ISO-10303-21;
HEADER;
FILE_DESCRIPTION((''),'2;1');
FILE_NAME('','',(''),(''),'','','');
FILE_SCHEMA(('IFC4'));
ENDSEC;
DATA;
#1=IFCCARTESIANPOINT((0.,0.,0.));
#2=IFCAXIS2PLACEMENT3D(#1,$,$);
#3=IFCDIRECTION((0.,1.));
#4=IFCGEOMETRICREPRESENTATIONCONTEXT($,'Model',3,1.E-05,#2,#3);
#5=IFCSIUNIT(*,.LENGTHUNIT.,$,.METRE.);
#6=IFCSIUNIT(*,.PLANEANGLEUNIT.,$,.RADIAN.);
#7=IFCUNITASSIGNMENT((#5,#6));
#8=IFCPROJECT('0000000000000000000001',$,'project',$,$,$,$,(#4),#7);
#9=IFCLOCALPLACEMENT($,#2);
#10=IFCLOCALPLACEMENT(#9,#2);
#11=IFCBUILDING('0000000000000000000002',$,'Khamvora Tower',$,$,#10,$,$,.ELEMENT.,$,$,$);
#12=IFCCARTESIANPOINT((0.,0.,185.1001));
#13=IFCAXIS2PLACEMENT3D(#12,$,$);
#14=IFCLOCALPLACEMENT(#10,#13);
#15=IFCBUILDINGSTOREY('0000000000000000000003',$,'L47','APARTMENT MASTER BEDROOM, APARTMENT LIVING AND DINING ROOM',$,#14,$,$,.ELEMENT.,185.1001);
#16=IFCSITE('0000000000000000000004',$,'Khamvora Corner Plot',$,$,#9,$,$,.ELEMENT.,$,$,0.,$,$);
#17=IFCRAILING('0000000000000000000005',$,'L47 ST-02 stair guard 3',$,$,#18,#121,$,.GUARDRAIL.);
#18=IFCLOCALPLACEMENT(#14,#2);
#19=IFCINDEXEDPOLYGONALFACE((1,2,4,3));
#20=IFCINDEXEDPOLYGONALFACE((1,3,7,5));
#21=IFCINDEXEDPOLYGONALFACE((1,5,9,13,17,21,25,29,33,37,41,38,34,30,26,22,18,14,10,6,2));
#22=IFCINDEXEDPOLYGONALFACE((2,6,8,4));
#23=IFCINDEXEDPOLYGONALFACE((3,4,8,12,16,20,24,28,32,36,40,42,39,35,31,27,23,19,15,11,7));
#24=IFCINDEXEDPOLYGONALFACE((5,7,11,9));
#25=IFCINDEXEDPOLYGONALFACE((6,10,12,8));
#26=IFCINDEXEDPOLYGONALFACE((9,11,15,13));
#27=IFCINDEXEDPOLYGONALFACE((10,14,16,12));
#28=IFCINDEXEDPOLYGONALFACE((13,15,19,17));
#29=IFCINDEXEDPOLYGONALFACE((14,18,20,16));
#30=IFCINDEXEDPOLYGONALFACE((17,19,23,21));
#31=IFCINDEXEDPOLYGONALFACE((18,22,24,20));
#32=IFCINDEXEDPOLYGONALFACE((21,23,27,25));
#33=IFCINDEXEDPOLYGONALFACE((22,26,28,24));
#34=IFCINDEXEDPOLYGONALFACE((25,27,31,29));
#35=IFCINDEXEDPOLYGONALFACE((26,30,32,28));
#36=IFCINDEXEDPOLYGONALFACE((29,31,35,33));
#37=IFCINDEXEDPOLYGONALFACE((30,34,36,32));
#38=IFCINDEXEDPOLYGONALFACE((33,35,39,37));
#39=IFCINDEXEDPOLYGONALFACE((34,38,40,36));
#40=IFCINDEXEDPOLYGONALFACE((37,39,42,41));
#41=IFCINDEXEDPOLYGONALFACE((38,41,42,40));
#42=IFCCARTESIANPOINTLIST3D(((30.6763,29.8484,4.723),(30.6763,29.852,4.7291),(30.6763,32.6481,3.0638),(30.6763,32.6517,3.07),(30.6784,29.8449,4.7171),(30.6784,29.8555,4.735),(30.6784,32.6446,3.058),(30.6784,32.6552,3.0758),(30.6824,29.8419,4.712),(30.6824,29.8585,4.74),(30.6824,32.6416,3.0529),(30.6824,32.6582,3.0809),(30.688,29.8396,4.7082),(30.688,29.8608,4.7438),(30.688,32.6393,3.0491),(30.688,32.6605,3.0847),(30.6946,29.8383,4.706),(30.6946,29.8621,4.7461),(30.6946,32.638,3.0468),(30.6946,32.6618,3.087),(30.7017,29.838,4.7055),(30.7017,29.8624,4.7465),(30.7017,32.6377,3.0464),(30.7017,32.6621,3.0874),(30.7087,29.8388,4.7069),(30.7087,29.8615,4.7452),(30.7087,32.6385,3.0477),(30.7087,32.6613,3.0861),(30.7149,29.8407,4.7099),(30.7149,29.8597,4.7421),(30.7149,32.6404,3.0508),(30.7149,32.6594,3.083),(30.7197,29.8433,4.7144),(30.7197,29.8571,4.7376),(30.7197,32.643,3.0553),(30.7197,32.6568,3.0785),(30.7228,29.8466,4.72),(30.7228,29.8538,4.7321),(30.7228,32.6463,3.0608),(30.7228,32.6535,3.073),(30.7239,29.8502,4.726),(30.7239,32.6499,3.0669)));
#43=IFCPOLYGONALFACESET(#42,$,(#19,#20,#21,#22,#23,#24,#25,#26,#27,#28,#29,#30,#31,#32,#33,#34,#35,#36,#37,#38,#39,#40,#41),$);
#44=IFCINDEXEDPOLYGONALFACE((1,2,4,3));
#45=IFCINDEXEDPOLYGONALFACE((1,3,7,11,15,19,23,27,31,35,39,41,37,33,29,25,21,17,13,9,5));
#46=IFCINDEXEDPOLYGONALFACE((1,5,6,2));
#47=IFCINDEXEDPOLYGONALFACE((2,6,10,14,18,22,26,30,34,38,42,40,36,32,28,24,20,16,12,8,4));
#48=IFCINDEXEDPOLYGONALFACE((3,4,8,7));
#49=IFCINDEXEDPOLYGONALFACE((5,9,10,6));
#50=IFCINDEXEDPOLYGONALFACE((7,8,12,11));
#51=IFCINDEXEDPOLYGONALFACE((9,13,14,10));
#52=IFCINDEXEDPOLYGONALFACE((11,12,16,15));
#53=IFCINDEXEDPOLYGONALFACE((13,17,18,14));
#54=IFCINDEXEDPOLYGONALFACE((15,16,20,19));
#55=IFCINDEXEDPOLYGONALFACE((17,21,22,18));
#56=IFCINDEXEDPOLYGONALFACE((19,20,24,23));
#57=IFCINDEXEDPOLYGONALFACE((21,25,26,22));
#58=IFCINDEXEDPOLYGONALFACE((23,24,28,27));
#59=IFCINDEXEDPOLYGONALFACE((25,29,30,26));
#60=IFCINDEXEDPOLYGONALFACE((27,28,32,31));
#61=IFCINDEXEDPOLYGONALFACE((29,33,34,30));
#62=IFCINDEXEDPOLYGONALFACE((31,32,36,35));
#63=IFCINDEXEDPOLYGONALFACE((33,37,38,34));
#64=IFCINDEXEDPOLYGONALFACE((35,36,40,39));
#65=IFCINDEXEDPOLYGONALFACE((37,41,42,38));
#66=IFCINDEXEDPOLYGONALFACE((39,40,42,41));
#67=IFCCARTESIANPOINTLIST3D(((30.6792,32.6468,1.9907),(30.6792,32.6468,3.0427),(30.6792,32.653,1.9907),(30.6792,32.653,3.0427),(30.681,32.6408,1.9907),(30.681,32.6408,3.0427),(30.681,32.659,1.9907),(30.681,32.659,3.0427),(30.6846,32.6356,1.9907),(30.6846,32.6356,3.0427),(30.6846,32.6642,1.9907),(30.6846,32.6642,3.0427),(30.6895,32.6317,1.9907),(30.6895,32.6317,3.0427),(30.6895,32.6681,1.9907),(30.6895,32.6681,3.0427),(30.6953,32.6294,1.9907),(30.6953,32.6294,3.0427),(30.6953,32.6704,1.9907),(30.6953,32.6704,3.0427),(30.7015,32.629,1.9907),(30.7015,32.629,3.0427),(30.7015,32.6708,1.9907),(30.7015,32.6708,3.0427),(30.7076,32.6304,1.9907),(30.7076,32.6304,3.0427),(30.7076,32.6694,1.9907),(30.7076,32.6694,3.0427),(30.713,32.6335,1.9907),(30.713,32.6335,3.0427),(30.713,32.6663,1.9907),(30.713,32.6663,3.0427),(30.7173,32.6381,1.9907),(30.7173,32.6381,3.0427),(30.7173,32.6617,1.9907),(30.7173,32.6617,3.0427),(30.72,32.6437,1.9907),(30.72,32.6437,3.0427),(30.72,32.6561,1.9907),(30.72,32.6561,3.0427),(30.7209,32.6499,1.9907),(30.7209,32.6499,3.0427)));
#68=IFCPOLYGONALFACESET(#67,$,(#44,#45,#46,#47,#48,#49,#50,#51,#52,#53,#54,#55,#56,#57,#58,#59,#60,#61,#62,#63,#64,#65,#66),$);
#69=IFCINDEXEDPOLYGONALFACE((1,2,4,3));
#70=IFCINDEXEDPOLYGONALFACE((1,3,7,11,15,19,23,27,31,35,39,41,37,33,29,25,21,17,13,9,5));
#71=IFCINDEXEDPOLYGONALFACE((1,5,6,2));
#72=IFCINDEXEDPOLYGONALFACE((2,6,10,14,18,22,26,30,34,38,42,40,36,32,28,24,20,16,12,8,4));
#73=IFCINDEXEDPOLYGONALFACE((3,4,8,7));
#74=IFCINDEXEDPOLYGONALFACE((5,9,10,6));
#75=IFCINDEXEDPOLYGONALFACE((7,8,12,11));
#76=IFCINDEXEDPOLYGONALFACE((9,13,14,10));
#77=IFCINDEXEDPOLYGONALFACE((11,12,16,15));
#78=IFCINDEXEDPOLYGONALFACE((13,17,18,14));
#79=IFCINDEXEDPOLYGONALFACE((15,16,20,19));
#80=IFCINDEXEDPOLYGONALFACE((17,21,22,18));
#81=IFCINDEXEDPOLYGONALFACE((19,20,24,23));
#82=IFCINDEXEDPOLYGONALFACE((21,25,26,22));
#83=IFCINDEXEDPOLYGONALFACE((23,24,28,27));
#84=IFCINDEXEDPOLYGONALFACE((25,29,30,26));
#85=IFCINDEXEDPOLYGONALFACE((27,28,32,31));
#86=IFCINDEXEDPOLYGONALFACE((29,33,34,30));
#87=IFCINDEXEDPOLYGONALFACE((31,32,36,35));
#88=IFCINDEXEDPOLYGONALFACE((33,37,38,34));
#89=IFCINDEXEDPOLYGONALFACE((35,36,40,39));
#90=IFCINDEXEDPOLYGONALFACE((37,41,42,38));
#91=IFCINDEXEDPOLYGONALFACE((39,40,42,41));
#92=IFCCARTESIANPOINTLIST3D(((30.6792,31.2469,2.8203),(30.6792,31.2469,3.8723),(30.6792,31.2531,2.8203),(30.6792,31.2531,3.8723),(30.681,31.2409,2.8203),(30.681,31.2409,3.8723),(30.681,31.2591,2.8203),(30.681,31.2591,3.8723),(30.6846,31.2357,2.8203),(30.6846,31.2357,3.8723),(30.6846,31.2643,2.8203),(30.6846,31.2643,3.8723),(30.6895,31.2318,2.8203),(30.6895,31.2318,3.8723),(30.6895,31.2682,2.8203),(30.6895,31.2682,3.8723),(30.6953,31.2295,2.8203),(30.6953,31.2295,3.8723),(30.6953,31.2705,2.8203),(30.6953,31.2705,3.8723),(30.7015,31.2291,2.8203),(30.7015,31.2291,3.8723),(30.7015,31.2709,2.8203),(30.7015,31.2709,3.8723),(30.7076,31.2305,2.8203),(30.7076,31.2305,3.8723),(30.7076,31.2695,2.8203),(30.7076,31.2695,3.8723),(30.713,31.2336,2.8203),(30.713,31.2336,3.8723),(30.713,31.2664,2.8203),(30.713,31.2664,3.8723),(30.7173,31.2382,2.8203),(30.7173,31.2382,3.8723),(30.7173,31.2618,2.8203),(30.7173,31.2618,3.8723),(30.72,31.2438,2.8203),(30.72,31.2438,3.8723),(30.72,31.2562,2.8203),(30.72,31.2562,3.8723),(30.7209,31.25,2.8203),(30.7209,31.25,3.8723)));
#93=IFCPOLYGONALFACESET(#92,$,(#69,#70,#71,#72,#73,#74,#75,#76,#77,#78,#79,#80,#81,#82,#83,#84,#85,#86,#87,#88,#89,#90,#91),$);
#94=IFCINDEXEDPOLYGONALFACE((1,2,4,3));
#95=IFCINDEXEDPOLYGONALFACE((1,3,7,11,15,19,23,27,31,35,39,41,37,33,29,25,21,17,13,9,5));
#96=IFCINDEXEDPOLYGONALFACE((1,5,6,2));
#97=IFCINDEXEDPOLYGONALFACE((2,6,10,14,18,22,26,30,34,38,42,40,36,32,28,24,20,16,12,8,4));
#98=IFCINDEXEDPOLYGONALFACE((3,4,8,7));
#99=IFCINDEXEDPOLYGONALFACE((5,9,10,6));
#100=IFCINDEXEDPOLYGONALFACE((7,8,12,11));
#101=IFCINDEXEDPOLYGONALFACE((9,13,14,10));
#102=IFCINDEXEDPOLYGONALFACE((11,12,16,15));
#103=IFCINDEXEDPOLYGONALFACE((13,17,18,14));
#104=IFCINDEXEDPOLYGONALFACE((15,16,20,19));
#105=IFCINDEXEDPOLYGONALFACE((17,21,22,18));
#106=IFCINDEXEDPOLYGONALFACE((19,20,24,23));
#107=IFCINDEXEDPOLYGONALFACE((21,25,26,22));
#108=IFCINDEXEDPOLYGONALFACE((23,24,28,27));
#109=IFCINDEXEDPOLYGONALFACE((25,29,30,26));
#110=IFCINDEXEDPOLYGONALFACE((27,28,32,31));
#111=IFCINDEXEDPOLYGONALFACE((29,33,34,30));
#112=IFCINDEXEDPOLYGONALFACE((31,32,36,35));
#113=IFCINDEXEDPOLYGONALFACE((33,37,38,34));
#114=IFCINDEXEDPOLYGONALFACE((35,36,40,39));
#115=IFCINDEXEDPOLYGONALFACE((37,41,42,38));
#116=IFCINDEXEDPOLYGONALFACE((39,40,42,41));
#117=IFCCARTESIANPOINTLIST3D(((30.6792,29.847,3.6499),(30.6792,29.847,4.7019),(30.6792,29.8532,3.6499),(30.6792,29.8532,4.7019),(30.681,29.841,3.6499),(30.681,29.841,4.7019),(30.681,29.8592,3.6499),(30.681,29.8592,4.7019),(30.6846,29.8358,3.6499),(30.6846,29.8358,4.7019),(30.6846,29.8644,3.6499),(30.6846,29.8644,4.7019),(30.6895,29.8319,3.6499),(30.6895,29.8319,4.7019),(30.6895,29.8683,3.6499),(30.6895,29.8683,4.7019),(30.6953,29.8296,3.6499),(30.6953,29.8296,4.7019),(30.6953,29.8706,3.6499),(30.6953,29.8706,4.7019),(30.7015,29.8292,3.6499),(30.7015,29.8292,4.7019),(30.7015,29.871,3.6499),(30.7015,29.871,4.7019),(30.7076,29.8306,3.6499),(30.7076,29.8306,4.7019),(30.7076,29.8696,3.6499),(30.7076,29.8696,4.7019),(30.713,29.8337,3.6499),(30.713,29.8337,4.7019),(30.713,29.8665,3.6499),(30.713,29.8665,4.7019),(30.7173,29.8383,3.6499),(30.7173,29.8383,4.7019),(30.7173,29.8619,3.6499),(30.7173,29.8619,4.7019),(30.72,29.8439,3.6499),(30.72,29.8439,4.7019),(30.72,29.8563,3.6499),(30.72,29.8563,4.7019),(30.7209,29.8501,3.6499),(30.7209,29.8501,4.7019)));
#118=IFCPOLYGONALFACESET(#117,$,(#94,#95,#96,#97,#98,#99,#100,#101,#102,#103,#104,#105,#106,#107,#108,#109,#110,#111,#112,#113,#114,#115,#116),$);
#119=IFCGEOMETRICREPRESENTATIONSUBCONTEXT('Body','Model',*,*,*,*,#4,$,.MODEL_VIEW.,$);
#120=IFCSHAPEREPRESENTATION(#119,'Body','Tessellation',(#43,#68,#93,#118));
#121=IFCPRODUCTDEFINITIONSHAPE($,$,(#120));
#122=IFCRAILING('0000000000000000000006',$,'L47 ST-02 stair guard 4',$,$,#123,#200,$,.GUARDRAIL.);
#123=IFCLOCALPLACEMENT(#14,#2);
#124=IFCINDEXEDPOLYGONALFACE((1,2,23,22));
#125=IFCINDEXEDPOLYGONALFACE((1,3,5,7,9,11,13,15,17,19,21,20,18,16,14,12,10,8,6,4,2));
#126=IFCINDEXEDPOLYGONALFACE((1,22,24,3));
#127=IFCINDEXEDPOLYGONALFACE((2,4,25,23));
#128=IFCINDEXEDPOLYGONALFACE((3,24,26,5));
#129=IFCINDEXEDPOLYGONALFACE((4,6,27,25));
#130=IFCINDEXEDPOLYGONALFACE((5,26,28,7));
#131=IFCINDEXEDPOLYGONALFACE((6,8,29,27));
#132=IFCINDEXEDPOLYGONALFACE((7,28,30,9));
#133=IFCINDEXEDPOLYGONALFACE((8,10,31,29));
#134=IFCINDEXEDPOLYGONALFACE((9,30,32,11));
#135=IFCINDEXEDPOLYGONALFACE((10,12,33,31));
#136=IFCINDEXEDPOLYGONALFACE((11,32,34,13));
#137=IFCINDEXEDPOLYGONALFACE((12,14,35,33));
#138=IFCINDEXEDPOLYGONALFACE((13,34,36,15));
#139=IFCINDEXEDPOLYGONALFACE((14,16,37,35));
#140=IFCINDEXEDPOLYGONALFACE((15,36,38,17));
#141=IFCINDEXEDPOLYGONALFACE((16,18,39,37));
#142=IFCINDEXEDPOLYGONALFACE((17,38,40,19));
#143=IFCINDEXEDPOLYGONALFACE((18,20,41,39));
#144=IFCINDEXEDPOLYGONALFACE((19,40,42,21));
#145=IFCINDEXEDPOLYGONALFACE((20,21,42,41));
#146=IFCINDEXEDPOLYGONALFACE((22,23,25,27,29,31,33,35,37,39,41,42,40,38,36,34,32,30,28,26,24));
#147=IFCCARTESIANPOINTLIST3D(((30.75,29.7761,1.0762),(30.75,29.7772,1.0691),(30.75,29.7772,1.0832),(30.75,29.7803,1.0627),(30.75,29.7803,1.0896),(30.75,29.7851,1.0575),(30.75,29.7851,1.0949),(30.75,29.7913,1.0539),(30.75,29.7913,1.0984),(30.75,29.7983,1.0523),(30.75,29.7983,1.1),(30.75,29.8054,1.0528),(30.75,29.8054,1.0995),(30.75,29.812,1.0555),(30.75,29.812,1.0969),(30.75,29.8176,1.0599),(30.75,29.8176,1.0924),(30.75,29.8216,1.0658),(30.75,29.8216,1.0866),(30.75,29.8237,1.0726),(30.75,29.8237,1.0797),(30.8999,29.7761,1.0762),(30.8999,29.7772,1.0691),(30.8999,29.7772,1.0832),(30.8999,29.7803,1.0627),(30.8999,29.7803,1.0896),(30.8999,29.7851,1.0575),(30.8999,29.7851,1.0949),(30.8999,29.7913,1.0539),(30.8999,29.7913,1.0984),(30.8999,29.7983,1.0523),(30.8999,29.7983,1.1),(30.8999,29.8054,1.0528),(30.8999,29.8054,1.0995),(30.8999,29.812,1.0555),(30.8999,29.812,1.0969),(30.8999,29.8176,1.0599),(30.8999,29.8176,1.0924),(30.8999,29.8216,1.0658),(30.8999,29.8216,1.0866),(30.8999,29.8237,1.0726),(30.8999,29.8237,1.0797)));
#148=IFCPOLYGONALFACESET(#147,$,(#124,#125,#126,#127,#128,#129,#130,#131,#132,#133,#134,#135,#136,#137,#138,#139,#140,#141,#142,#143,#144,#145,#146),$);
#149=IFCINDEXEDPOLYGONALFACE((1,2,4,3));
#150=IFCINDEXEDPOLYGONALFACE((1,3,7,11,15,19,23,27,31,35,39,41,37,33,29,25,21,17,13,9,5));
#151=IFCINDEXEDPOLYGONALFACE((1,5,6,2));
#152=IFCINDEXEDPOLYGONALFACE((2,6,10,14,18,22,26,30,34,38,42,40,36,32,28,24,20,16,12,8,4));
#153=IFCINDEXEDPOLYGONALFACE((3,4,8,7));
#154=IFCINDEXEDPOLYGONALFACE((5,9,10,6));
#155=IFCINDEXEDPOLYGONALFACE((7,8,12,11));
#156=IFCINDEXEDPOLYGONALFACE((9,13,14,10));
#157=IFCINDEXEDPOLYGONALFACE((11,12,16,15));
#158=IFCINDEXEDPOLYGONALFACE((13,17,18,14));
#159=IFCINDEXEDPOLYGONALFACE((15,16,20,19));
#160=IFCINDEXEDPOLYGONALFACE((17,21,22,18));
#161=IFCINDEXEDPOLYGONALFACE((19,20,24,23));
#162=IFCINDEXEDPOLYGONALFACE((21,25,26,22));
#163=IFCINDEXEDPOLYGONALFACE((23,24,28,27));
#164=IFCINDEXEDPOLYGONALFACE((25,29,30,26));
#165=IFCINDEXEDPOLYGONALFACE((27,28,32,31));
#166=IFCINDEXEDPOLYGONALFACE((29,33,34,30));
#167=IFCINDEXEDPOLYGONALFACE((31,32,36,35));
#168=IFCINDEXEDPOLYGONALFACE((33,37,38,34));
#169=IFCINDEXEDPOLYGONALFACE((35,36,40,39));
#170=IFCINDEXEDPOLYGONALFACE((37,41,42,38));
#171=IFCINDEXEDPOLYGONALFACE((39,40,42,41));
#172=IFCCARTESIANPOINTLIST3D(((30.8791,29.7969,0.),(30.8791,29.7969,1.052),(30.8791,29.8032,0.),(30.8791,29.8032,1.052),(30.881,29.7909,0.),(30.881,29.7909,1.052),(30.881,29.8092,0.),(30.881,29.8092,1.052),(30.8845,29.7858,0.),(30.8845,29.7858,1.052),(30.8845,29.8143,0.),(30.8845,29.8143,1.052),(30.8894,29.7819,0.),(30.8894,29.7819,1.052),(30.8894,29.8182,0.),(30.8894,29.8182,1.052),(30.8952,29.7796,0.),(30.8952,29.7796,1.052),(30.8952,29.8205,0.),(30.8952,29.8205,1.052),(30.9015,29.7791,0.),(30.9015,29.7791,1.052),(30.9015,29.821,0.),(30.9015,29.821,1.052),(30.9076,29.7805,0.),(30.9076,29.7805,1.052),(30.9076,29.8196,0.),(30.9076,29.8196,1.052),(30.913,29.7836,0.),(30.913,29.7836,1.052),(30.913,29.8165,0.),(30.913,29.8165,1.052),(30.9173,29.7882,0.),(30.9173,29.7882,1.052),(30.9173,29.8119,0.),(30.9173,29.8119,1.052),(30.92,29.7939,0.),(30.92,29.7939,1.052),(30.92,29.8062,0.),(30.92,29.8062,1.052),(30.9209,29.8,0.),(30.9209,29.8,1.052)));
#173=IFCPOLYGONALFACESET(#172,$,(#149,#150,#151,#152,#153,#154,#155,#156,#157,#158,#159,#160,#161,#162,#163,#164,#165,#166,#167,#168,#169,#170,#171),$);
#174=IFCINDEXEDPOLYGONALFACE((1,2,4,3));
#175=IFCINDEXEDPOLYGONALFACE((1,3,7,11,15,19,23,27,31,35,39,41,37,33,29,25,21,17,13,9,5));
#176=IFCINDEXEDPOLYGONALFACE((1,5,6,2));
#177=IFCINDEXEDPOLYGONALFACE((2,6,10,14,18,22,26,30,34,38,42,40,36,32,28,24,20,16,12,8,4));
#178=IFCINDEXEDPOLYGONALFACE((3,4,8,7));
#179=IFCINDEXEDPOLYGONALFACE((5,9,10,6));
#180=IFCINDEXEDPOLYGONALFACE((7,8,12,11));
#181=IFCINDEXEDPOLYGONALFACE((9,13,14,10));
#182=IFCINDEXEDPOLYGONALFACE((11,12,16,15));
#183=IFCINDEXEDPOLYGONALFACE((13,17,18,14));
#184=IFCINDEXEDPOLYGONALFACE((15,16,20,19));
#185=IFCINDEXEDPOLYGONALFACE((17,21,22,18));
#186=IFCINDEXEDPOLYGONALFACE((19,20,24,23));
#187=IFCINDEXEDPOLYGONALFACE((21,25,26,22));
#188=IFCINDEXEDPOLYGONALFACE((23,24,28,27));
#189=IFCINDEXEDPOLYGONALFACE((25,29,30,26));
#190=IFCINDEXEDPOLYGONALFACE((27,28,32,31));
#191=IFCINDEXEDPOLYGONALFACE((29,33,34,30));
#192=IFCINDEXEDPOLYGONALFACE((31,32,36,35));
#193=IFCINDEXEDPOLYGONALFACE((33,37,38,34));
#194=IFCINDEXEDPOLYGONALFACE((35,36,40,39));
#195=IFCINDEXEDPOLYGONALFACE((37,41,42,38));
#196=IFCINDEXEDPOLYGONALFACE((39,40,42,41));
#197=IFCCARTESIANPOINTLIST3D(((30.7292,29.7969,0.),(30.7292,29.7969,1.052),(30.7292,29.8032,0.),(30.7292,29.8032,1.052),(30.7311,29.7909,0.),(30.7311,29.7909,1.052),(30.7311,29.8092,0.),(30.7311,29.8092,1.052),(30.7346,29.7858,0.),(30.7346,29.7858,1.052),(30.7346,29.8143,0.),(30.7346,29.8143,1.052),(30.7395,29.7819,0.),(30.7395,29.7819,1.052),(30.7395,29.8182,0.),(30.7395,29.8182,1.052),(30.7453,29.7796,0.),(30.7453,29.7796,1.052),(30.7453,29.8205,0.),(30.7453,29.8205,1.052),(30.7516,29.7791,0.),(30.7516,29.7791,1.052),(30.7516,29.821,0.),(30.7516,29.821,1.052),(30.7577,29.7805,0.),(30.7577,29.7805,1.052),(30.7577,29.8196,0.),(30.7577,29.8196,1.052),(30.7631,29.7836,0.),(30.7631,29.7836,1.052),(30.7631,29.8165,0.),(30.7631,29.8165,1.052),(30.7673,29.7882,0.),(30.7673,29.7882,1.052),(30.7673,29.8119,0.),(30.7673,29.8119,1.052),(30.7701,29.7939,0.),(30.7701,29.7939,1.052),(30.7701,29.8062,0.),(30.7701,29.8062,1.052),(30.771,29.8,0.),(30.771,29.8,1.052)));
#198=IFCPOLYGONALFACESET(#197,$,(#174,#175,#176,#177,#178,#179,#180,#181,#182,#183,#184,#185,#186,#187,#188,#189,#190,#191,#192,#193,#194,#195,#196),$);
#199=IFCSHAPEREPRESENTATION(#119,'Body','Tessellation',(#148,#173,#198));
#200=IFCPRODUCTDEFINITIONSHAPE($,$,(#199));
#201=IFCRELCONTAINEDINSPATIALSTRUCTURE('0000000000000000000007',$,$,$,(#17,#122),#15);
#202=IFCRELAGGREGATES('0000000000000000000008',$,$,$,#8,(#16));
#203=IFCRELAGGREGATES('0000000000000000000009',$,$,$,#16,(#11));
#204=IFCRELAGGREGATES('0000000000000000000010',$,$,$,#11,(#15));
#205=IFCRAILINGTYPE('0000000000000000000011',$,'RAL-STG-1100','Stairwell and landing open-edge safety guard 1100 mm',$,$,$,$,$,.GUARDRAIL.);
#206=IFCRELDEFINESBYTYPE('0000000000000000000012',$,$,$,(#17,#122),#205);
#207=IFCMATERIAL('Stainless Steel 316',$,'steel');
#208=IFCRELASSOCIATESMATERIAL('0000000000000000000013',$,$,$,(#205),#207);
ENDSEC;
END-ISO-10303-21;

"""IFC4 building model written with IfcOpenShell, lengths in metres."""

from ifc_helpers import new_model, si_unit, direction, frame, origin, origin_2d, place, context, subcontext, project, spatial, circle, extrude, material, type_object, element, save


model = new_model("IFC4")

# Units and contexts
model_context = context("Model", 3, precision=1e-05, world=origin(), true_north=direction((0.0, 1.0)))
body_context = subcontext(model_context, "Body", "Model", "MODEL_VIEW")
ifc_project = project(units=[si_unit("LENGTHUNIT", "METRE"), si_unit("PLANEANGLEUNIT", "RADIAN")], contexts=[model_context])

# Site, building, storey
site_placement = place(None, origin())
site = spatial("IfcSite", under=ifc_project, at=site_placement, Name="Khamvora Corner Plot", CompositionType="ELEMENT", RefElevation=0.0)
building_placement = place(site_placement, origin())
building = spatial("IfcBuilding", under=site, at=building_placement, Name="Khamvora Tower", CompositionType="ELEMENT")
storey_placement = place(building_placement, frame((0.0, 0.0, 185.1001)))
storey = spatial("IfcBuildingStorey", under=building, at=storey_placement, Name="L47", Description="APARTMENT MASTER BEDROOM, APARTMENT LIVING AND DINING ROOM", CompositionType="ELEMENT", Elevation=185.1001)

# Railings
ifc_material_1 = material(Name="Stainless Steel 316", Category="steel")
railing_type_1 = type_object("IfcRailingType", Name="RAL-STG-1100", Description="Stairwell and landing open-edge safety guard 1100 mm", PredefinedType="GUARDRAIL", material=ifc_material_1)
railing_1_placement = place(storey_placement, frame((30.7, 32.6499, 1.9907)))
element("IfcRailing", 1, at=railing_1_placement, inside=storey, type_object=railing_type_1, Name="L47 ST-02 stair guard 3", PredefinedType="GUARDRAIL", context=body_context, shape_type="SweptSolid", body=[
    extrude(circle(Radius=0.0239, at=origin_2d()), frame((0.0, 0.0, 1.0762), z_axis=(0.0, -0.860287, 0.509811), x_axis=(1.0, 0.0, 0.0)), (0.0, 0.0, 1.0), 3.2544),
    extrude(circle(Radius=0.021, at=origin_2d()), origin(), (0.0, 0.0, 1.0), 1.052),
    extrude(circle(Radius=0.021, at=origin_2d()), frame((0.0, -1.3999, 0.8296)), (0.0, 0.0, 1.0), 1.052),
    extrude(circle(Radius=0.021, at=origin_2d()), frame((0.0, -2.7998, 1.6592)), (0.0, 0.0, 1.0), 1.052),
])
railing_2_placement = place(storey_placement, frame((30.8999, 29.8, 0.0)))
element("IfcRailing", 2, at=railing_2_placement, inside=storey, type_object=railing_type_1, Name="L47 ST-02 stair guard 4", PredefinedType="GUARDRAIL", context=body_context, shape_type="SweptSolid", body=[
    extrude(circle(Radius=0.0239, at=origin_2d()), frame((0.0, 0.0, 1.0762), z_axis=(-1.0, 0.0, 0.0), x_axis=(0.0, -1.0, 0.0)), (0.0, 0.0, 1.0), 0.1499),
    extrude(circle(Radius=0.021, at=origin_2d()), origin(), (0.0, 0.0, 1.0), 1.052),
    extrude(circle(Radius=0.021, at=origin_2d()), frame((-0.1499, 0.0, 0.0)), (0.0, 0.0, 1.0), 1.052),
])

save(model, "model.ifc")
